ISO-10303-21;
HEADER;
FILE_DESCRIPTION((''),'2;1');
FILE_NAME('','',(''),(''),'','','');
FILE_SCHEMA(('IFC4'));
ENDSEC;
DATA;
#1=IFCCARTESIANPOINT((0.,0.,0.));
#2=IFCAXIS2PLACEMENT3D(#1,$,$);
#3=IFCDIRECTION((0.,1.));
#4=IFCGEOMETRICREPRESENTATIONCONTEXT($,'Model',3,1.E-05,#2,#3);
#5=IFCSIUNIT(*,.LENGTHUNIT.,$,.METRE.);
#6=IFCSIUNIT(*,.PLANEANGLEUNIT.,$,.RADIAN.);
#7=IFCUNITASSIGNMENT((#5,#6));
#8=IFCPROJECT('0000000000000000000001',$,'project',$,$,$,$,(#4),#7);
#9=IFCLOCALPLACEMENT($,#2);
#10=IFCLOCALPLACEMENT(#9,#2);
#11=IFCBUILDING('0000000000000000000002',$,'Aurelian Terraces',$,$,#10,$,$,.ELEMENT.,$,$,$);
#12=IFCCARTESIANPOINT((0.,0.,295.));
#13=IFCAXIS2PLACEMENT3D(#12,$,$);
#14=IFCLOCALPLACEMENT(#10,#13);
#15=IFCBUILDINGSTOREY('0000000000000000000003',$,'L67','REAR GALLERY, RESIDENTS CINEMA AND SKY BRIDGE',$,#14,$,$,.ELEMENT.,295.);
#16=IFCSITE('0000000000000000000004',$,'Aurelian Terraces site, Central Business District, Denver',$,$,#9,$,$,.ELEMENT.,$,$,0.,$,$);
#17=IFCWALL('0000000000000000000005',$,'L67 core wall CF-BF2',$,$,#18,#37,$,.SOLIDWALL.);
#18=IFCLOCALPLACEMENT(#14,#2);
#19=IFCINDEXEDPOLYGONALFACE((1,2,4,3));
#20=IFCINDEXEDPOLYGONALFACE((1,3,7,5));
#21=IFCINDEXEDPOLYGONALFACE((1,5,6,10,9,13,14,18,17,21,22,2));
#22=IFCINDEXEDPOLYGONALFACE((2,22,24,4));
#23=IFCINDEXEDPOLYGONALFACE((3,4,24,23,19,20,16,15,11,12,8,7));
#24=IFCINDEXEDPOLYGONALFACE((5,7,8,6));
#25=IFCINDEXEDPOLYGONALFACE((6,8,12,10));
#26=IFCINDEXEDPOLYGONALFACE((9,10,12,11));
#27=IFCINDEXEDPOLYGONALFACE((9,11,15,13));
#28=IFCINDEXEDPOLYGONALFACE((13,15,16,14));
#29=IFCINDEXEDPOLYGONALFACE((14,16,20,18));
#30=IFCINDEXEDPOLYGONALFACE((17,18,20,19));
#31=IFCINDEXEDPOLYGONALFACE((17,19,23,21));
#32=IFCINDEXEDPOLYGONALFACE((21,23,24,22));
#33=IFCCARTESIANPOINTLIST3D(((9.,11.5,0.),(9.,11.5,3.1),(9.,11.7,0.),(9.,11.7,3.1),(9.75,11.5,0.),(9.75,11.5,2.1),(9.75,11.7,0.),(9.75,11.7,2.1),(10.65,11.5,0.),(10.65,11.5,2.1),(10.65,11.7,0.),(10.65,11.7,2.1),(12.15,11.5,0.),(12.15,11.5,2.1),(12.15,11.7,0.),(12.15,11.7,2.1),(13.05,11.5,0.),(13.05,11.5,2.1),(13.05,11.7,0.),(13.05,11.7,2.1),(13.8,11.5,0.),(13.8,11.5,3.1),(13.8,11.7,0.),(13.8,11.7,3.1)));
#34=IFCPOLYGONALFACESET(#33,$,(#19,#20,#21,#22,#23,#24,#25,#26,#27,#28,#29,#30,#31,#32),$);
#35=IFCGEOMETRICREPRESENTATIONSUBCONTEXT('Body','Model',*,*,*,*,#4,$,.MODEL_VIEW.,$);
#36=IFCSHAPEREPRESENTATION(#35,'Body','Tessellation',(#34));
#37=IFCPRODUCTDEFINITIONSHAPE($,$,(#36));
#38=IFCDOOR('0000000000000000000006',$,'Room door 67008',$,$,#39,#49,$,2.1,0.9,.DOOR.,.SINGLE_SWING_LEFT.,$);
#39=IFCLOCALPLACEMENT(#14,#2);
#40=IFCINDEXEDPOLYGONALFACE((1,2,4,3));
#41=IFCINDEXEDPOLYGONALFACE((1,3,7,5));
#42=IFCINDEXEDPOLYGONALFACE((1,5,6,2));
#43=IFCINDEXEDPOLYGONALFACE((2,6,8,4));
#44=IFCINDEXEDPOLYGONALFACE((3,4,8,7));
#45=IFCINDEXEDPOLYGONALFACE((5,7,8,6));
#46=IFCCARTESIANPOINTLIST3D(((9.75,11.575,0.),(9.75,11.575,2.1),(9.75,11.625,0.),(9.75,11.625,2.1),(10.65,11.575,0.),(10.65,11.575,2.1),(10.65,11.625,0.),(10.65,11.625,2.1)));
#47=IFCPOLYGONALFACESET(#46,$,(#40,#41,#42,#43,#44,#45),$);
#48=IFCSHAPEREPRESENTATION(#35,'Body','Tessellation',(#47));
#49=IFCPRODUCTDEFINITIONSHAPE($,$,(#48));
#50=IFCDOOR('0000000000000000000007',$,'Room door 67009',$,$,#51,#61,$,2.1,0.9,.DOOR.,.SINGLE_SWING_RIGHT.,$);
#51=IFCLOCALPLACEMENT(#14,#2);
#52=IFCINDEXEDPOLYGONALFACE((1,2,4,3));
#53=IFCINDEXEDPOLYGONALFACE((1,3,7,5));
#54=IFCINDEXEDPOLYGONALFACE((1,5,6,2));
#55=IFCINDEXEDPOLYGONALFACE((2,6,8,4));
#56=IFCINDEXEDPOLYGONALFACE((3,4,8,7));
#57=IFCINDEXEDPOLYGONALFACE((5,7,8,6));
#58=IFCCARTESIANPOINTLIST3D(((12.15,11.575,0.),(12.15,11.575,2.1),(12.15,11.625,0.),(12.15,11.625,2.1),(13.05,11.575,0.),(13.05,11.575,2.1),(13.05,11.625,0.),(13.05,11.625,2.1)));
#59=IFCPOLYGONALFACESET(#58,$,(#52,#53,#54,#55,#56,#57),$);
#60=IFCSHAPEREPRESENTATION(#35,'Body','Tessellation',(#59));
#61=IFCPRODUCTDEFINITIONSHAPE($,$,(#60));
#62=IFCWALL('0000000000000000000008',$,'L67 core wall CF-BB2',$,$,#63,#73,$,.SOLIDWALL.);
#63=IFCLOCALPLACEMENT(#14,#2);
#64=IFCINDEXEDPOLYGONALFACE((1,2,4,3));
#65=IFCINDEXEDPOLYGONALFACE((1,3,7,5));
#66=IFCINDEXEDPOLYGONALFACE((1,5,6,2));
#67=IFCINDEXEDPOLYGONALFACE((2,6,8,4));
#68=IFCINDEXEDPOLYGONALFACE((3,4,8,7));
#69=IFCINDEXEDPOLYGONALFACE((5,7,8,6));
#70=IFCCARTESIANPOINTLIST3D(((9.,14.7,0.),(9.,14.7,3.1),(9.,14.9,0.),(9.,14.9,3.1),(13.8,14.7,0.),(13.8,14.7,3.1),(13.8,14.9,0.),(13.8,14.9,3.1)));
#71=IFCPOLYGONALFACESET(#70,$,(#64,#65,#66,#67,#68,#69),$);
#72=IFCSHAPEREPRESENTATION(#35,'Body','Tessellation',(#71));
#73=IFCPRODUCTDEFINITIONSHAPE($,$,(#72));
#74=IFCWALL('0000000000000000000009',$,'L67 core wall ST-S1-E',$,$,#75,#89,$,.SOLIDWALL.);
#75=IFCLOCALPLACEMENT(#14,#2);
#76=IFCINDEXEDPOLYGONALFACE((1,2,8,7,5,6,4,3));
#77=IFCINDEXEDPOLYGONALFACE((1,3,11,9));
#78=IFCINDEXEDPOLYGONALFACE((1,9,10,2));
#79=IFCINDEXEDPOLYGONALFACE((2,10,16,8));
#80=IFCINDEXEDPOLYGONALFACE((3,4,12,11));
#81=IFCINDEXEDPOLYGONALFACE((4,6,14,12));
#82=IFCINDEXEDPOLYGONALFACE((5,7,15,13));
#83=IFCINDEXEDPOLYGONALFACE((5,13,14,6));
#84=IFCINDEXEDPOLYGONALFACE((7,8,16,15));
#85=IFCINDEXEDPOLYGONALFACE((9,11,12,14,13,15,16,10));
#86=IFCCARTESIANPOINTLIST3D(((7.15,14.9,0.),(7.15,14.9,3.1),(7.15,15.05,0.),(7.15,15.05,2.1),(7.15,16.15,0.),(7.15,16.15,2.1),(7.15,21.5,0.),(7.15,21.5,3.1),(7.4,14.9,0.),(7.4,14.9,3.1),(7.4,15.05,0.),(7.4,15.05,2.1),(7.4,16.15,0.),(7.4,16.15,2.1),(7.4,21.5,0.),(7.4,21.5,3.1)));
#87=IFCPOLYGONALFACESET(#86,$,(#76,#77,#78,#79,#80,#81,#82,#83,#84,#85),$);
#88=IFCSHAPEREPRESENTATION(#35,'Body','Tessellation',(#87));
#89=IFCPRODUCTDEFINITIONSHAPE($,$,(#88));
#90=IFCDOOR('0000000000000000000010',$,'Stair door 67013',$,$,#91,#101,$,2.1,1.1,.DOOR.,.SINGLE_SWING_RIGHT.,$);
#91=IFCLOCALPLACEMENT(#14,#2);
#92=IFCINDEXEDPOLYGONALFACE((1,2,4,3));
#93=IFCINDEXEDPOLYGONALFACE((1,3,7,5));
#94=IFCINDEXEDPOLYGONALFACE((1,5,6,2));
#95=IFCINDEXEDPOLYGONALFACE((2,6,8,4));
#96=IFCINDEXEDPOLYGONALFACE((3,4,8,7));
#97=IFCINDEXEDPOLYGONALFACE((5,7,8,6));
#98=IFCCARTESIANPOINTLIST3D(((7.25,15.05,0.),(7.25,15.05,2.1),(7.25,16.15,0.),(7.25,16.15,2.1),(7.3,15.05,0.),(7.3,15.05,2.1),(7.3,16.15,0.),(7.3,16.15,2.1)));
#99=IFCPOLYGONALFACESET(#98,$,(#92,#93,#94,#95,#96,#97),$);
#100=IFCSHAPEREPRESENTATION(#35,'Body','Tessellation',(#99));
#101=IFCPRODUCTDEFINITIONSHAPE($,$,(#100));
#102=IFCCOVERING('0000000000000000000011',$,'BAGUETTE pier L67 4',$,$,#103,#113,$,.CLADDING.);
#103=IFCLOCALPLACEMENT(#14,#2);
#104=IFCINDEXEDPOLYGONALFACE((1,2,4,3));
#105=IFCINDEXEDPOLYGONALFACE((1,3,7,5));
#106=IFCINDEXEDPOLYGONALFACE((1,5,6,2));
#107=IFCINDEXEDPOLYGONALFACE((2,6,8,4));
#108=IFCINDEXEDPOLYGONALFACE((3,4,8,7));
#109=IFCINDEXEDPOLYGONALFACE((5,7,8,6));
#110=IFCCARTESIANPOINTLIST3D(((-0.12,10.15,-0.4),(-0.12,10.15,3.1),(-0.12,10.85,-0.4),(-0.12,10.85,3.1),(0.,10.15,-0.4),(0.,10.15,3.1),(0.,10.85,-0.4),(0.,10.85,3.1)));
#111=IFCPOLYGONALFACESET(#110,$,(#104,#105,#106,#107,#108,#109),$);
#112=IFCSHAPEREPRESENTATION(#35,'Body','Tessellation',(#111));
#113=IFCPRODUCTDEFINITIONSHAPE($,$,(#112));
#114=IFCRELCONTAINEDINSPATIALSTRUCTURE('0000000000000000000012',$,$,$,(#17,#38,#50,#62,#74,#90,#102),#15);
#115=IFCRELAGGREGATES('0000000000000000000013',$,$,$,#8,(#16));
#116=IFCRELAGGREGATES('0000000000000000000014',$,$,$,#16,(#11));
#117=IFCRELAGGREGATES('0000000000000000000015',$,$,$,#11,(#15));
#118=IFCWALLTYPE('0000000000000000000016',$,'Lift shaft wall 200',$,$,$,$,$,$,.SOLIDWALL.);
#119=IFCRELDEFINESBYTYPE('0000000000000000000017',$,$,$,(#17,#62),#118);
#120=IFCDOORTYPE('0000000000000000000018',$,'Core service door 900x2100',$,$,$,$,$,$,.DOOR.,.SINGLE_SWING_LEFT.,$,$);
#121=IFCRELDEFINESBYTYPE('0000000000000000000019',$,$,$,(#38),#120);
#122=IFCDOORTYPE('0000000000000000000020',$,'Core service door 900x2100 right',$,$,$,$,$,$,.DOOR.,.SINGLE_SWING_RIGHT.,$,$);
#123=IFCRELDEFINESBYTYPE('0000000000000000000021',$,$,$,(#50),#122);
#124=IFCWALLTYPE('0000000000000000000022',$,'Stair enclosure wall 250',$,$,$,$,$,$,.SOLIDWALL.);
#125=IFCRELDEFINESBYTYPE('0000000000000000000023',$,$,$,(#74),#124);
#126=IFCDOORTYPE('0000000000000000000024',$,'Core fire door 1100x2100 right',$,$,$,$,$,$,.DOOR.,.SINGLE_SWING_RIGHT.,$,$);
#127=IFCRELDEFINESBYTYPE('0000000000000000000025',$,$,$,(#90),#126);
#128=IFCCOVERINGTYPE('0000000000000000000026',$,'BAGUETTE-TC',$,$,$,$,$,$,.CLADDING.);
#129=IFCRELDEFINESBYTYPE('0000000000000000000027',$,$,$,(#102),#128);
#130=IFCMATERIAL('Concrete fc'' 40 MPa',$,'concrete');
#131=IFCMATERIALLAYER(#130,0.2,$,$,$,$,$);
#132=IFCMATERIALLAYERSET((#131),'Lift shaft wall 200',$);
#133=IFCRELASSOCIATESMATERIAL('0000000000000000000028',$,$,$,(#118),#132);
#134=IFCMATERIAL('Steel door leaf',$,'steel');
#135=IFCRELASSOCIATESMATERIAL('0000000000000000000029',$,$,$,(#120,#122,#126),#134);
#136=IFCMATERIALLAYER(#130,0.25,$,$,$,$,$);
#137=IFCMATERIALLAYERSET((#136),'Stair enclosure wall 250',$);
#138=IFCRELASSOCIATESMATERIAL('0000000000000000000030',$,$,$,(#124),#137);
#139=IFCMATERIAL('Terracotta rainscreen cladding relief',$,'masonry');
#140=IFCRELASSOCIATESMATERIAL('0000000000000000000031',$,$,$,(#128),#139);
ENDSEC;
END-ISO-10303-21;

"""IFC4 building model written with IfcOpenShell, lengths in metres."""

from ifc_helpers import new_model, si_unit, direction, frame, frame_2d, origin, origin_2d, place, context, subcontext, project, spatial, rectangle, extrude, source, transform, mapped, material, layer, layer_set, type_object, element, fill, save


model = new_model("IFC4")

# Units and contexts
model_context = context("Model", 3, precision=1e-05, world=origin(), true_north=direction((0.0, 1.0)))
body_context = subcontext(model_context, "Body", "Model", "MODEL_VIEW")
ifc_project = project(units=[si_unit("LENGTHUNIT", "METRE"), si_unit("PLANEANGLEUNIT", "RADIAN")], contexts=[model_context])

# Site, building, storey
site_placement = place(None, origin())
site = spatial("IfcSite", under=ifc_project, at=site_placement, Name="Aurelian Terraces site, Central Business District, Denver", CompositionType="ELEMENT", RefElevation=0.0)
building_placement = place(site_placement, origin())
building = spatial("IfcBuilding", under=site, at=building_placement, Name="Aurelian Terraces", CompositionType="ELEMENT")
storey_placement = place(building_placement, frame((0.0, 0.0, 295.0)))
storey = spatial("IfcBuildingStorey", under=building, at=storey_placement, Name="L67", Description="REAR GALLERY, RESIDENTS CINEMA AND SKY BRIDGE", CompositionType="ELEMENT", Elevation=295.0)

# Shared definitions
ifc_material_1 = material(Name="Concrete fc' 40 MPa", Category="concrete")
ifc_layer_1 = layer(ifc_material_1, 0.2)
ifc_layer_set_1 = layer_set([ifc_layer_1], Name="Lift shaft wall 200")
wall_type_1 = type_object("IfcWallType", Name="Lift shaft wall 200", PredefinedType="SOLIDWALL", material=ifc_layer_set_1)

# Shared definitions
shared_shape_1 = source(origin(), body_context, "Body", "SweptSolid", [
    extrude(rectangle(XDim=1.1, YDim=2.1, at=frame_2d((0.55, 1.05))), frame((0.0, 0.025, 0.0), z_axis=(0.0, -1.0, 0.0), x_axis=(1.0, 0.0, 0.0)), (0.0, 0.0, 1.0), 0.05),
])

# Wall, openings, doors
shared_shape_2 = source(origin(), body_context, "Body", "SweptSolid", [
    extrude(rectangle(XDim=4.8, YDim=0.2, at=frame_2d((2.4, 0.0))), origin(), (0.0, 0.0, 1.0), 3.1),
])
wall_1_placement = place(storey_placement, frame((9.0, 11.6, 0.0), z_axis=(0.0, 0.0, 1.0), x_axis=(1.0, 0.0, 0.0)))
wall_1 = element("IfcWall", 1, at=wall_1_placement, inside=storey, type_object=wall_type_1, Name="L67 core wall CF-BF2", PredefinedType="SOLIDWALL", context=body_context, shape_type="MappedRepresentation", body=[
    mapped(shared_shape_2, transform((0.0, 0.0, 0.0), scale=1.0)),
])
shared_shape_3 = source(origin(), body_context, "Body", "SweptSolid", [
    extrude(rectangle(XDim=0.9, YDim=2.1, at=frame_2d((0.45, 1.05))), frame((0.0, 0.11, 0.0), z_axis=(0.0, -1.0, 0.0), x_axis=(1.0, 0.0, 0.0)), (0.0, 0.0, 1.0), 0.22),
])
opening_1_placement = place(wall_1_placement, frame((0.75, 0.0, 0.0)))
opening_1 = element("IfcOpeningElement", 2, at=opening_1_placement, cuts=wall_1, PredefinedType="OPENING", context=body_context, shape_type="MappedRepresentation", body=[
    mapped(shared_shape_3, transform((0.0, 0.0, 0.0), scale=1.0)),
])
opening_2_placement = place(wall_1_placement, frame((3.15, 0.0, 0.0)))
opening_2 = element("IfcOpeningElement", 3, at=opening_2_placement, cuts=wall_1, PredefinedType="OPENING", context=body_context, shape_type="MappedRepresentation", body=[
    mapped(shared_shape_3, transform((0.0, 0.0, 0.0), scale=1.0)),
])
ifc_material_2 = material(Name="Steel door leaf", Category="steel")
door_type_1 = type_object("IfcDoorType", Name="Core service door 900x2100", OperationType="SINGLE_SWING_LEFT", PredefinedType="DOOR", material=ifc_material_2)
shared_shape_4 = source(origin(), body_context, "Body", "SweptSolid", [
    extrude(rectangle(XDim=0.9, YDim=2.1, at=frame_2d((0.45, 1.05))), frame((0.0, 0.025, 0.0), z_axis=(0.0, -1.0, 0.0), x_axis=(1.0, 0.0, 0.0)), (0.0, 0.0, 1.0), 0.05),
])
door_1_placement = place(opening_1_placement, origin())
door_1 = element("IfcDoor", 4, at=door_1_placement, inside=storey, type_object=door_type_1, Name="Room door 67008", OperationType="SINGLE_SWING_LEFT", OverallHeight=2.1, OverallWidth=0.9, PredefinedType="DOOR", context=body_context, shape_type="MappedRepresentation", body=[
    mapped(shared_shape_4, transform((0.0, 0.0, 0.0), scale=1.0)),
])
fill(opening_1, door_1)
door_type_2 = type_object("IfcDoorType", Name="Core service door 900x2100 right", OperationType="SINGLE_SWING_RIGHT", PredefinedType="DOOR", material=ifc_material_2)
door_2_placement = place(opening_2_placement, origin())
door_2 = element("IfcDoor", 5, at=door_2_placement, inside=storey, type_object=door_type_2, Name="Room door 67009", OperationType="SINGLE_SWING_RIGHT", OverallHeight=2.1, OverallWidth=0.9, PredefinedType="DOOR", context=body_context, shape_type="MappedRepresentation", body=[
    mapped(shared_shape_4, transform((0.0, 0.0, 0.0), scale=1.0)),
])
fill(opening_2, door_2)

# Wall
wall_2_placement = place(storey_placement, frame((9.0, 14.8, 0.0), z_axis=(0.0, 0.0, 1.0), x_axis=(1.0, 0.0, 0.0)))
element("IfcWall", 6, at=wall_2_placement, inside=storey, type_object=wall_type_1, Name="L67 core wall CF-BB2", PredefinedType="SOLIDWALL", context=body_context, shape_type="MappedRepresentation", body=[
    mapped(shared_shape_2, transform((0.0, 0.0, 0.0), scale=1.0)),
])

# Wall, opening, door
ifc_layer_2 = layer(ifc_material_1, 0.25)
ifc_layer_set_2 = layer_set([ifc_layer_2], Name="Stair enclosure wall 250")
wall_type_2 = type_object("IfcWallType", Name="Stair enclosure wall 250", PredefinedType="SOLIDWALL", material=ifc_layer_set_2)
shared_shape_5 = source(origin(), body_context, "Body", "SweptSolid", [
    extrude(rectangle(XDim=6.6, YDim=0.25, at=frame_2d((3.3, 0.0))), origin(), (0.0, 0.0, 1.0), 3.1),
])
wall_3_placement = place(storey_placement, frame((7.275, 14.9, 0.0), z_axis=(0.0, 0.0, 1.0), x_axis=(0.0, 1.0, 0.0)))
wall_3 = element("IfcWall", 7, at=wall_3_placement, inside=storey, type_object=wall_type_2, Name="L67 core wall ST-S1-E", PredefinedType="SOLIDWALL", context=body_context, shape_type="MappedRepresentation", body=[
    mapped(shared_shape_5, transform((0.0, 0.0, 0.0), scale=1.0)),
])
shared_shape_6 = source(origin(), body_context, "Body", "SweptSolid", [
    extrude(rectangle(XDim=1.1, YDim=2.1, at=frame_2d((0.55, 1.05))), frame((0.0, 0.135, 0.0), z_axis=(0.0, -1.0, 0.0), x_axis=(1.0, 0.0, 0.0)), (0.0, 0.0, 1.0), 0.27),
])
opening_3_placement = place(wall_3_placement, frame((0.15, 0.0, 0.0)))
opening_3 = element("IfcOpeningElement", 8, at=opening_3_placement, cuts=wall_3, PredefinedType="OPENING", context=body_context, shape_type="MappedRepresentation", body=[
    mapped(shared_shape_6, transform((0.0, 0.0, 0.0), scale=1.0)),
])
door_type_3 = type_object("IfcDoorType", Name="Core fire door 1100x2100 right", OperationType="SINGLE_SWING_RIGHT", PredefinedType="DOOR", material=ifc_material_2)
door_3_placement = place(opening_3_placement, origin())
door_3 = element("IfcDoor", 9, at=door_3_placement, inside=storey, type_object=door_type_3, Name="Stair door 67013", OperationType="SINGLE_SWING_RIGHT", OverallHeight=2.1, OverallWidth=1.1, PredefinedType="DOOR", context=body_context, shape_type="MappedRepresentation", body=[
    mapped(shared_shape_1, transform((0.0, 0.0, 0.0), scale=1.0)),
])
fill(opening_3, door_3)

# Covering
ifc_material_3 = material(Name="Terracotta rainscreen cladding relief", Category="masonry")
covering_type = type_object("IfcCoveringType", Name="BAGUETTE-TC", PredefinedType="CLADDING", material=ifc_material_3)
shared_shape_7 = source(origin(), body_context, "Body", "SweptSolid", [
    extrude(rectangle(XDim=0.12, YDim=0.7, at=origin_2d()), origin(), (0.0, 0.0, 1.0), 3.5),
])
covering_placement = place(storey_placement, frame((-0.06, 10.5, -0.4), z_axis=(0.0, 0.0, 1.0), x_axis=(1.0, 0.0, 0.0)))
element("IfcCovering", 10, at=covering_placement, inside=storey, type_object=covering_type, Name="BAGUETTE pier L67 4", PredefinedType="CLADDING", context=body_context, shape_type="MappedRepresentation", body=[
    mapped(shared_shape_7, transform((0.0, 0.0, 0.0), scale=1.0)),
])

save(model, "model.ifc")
